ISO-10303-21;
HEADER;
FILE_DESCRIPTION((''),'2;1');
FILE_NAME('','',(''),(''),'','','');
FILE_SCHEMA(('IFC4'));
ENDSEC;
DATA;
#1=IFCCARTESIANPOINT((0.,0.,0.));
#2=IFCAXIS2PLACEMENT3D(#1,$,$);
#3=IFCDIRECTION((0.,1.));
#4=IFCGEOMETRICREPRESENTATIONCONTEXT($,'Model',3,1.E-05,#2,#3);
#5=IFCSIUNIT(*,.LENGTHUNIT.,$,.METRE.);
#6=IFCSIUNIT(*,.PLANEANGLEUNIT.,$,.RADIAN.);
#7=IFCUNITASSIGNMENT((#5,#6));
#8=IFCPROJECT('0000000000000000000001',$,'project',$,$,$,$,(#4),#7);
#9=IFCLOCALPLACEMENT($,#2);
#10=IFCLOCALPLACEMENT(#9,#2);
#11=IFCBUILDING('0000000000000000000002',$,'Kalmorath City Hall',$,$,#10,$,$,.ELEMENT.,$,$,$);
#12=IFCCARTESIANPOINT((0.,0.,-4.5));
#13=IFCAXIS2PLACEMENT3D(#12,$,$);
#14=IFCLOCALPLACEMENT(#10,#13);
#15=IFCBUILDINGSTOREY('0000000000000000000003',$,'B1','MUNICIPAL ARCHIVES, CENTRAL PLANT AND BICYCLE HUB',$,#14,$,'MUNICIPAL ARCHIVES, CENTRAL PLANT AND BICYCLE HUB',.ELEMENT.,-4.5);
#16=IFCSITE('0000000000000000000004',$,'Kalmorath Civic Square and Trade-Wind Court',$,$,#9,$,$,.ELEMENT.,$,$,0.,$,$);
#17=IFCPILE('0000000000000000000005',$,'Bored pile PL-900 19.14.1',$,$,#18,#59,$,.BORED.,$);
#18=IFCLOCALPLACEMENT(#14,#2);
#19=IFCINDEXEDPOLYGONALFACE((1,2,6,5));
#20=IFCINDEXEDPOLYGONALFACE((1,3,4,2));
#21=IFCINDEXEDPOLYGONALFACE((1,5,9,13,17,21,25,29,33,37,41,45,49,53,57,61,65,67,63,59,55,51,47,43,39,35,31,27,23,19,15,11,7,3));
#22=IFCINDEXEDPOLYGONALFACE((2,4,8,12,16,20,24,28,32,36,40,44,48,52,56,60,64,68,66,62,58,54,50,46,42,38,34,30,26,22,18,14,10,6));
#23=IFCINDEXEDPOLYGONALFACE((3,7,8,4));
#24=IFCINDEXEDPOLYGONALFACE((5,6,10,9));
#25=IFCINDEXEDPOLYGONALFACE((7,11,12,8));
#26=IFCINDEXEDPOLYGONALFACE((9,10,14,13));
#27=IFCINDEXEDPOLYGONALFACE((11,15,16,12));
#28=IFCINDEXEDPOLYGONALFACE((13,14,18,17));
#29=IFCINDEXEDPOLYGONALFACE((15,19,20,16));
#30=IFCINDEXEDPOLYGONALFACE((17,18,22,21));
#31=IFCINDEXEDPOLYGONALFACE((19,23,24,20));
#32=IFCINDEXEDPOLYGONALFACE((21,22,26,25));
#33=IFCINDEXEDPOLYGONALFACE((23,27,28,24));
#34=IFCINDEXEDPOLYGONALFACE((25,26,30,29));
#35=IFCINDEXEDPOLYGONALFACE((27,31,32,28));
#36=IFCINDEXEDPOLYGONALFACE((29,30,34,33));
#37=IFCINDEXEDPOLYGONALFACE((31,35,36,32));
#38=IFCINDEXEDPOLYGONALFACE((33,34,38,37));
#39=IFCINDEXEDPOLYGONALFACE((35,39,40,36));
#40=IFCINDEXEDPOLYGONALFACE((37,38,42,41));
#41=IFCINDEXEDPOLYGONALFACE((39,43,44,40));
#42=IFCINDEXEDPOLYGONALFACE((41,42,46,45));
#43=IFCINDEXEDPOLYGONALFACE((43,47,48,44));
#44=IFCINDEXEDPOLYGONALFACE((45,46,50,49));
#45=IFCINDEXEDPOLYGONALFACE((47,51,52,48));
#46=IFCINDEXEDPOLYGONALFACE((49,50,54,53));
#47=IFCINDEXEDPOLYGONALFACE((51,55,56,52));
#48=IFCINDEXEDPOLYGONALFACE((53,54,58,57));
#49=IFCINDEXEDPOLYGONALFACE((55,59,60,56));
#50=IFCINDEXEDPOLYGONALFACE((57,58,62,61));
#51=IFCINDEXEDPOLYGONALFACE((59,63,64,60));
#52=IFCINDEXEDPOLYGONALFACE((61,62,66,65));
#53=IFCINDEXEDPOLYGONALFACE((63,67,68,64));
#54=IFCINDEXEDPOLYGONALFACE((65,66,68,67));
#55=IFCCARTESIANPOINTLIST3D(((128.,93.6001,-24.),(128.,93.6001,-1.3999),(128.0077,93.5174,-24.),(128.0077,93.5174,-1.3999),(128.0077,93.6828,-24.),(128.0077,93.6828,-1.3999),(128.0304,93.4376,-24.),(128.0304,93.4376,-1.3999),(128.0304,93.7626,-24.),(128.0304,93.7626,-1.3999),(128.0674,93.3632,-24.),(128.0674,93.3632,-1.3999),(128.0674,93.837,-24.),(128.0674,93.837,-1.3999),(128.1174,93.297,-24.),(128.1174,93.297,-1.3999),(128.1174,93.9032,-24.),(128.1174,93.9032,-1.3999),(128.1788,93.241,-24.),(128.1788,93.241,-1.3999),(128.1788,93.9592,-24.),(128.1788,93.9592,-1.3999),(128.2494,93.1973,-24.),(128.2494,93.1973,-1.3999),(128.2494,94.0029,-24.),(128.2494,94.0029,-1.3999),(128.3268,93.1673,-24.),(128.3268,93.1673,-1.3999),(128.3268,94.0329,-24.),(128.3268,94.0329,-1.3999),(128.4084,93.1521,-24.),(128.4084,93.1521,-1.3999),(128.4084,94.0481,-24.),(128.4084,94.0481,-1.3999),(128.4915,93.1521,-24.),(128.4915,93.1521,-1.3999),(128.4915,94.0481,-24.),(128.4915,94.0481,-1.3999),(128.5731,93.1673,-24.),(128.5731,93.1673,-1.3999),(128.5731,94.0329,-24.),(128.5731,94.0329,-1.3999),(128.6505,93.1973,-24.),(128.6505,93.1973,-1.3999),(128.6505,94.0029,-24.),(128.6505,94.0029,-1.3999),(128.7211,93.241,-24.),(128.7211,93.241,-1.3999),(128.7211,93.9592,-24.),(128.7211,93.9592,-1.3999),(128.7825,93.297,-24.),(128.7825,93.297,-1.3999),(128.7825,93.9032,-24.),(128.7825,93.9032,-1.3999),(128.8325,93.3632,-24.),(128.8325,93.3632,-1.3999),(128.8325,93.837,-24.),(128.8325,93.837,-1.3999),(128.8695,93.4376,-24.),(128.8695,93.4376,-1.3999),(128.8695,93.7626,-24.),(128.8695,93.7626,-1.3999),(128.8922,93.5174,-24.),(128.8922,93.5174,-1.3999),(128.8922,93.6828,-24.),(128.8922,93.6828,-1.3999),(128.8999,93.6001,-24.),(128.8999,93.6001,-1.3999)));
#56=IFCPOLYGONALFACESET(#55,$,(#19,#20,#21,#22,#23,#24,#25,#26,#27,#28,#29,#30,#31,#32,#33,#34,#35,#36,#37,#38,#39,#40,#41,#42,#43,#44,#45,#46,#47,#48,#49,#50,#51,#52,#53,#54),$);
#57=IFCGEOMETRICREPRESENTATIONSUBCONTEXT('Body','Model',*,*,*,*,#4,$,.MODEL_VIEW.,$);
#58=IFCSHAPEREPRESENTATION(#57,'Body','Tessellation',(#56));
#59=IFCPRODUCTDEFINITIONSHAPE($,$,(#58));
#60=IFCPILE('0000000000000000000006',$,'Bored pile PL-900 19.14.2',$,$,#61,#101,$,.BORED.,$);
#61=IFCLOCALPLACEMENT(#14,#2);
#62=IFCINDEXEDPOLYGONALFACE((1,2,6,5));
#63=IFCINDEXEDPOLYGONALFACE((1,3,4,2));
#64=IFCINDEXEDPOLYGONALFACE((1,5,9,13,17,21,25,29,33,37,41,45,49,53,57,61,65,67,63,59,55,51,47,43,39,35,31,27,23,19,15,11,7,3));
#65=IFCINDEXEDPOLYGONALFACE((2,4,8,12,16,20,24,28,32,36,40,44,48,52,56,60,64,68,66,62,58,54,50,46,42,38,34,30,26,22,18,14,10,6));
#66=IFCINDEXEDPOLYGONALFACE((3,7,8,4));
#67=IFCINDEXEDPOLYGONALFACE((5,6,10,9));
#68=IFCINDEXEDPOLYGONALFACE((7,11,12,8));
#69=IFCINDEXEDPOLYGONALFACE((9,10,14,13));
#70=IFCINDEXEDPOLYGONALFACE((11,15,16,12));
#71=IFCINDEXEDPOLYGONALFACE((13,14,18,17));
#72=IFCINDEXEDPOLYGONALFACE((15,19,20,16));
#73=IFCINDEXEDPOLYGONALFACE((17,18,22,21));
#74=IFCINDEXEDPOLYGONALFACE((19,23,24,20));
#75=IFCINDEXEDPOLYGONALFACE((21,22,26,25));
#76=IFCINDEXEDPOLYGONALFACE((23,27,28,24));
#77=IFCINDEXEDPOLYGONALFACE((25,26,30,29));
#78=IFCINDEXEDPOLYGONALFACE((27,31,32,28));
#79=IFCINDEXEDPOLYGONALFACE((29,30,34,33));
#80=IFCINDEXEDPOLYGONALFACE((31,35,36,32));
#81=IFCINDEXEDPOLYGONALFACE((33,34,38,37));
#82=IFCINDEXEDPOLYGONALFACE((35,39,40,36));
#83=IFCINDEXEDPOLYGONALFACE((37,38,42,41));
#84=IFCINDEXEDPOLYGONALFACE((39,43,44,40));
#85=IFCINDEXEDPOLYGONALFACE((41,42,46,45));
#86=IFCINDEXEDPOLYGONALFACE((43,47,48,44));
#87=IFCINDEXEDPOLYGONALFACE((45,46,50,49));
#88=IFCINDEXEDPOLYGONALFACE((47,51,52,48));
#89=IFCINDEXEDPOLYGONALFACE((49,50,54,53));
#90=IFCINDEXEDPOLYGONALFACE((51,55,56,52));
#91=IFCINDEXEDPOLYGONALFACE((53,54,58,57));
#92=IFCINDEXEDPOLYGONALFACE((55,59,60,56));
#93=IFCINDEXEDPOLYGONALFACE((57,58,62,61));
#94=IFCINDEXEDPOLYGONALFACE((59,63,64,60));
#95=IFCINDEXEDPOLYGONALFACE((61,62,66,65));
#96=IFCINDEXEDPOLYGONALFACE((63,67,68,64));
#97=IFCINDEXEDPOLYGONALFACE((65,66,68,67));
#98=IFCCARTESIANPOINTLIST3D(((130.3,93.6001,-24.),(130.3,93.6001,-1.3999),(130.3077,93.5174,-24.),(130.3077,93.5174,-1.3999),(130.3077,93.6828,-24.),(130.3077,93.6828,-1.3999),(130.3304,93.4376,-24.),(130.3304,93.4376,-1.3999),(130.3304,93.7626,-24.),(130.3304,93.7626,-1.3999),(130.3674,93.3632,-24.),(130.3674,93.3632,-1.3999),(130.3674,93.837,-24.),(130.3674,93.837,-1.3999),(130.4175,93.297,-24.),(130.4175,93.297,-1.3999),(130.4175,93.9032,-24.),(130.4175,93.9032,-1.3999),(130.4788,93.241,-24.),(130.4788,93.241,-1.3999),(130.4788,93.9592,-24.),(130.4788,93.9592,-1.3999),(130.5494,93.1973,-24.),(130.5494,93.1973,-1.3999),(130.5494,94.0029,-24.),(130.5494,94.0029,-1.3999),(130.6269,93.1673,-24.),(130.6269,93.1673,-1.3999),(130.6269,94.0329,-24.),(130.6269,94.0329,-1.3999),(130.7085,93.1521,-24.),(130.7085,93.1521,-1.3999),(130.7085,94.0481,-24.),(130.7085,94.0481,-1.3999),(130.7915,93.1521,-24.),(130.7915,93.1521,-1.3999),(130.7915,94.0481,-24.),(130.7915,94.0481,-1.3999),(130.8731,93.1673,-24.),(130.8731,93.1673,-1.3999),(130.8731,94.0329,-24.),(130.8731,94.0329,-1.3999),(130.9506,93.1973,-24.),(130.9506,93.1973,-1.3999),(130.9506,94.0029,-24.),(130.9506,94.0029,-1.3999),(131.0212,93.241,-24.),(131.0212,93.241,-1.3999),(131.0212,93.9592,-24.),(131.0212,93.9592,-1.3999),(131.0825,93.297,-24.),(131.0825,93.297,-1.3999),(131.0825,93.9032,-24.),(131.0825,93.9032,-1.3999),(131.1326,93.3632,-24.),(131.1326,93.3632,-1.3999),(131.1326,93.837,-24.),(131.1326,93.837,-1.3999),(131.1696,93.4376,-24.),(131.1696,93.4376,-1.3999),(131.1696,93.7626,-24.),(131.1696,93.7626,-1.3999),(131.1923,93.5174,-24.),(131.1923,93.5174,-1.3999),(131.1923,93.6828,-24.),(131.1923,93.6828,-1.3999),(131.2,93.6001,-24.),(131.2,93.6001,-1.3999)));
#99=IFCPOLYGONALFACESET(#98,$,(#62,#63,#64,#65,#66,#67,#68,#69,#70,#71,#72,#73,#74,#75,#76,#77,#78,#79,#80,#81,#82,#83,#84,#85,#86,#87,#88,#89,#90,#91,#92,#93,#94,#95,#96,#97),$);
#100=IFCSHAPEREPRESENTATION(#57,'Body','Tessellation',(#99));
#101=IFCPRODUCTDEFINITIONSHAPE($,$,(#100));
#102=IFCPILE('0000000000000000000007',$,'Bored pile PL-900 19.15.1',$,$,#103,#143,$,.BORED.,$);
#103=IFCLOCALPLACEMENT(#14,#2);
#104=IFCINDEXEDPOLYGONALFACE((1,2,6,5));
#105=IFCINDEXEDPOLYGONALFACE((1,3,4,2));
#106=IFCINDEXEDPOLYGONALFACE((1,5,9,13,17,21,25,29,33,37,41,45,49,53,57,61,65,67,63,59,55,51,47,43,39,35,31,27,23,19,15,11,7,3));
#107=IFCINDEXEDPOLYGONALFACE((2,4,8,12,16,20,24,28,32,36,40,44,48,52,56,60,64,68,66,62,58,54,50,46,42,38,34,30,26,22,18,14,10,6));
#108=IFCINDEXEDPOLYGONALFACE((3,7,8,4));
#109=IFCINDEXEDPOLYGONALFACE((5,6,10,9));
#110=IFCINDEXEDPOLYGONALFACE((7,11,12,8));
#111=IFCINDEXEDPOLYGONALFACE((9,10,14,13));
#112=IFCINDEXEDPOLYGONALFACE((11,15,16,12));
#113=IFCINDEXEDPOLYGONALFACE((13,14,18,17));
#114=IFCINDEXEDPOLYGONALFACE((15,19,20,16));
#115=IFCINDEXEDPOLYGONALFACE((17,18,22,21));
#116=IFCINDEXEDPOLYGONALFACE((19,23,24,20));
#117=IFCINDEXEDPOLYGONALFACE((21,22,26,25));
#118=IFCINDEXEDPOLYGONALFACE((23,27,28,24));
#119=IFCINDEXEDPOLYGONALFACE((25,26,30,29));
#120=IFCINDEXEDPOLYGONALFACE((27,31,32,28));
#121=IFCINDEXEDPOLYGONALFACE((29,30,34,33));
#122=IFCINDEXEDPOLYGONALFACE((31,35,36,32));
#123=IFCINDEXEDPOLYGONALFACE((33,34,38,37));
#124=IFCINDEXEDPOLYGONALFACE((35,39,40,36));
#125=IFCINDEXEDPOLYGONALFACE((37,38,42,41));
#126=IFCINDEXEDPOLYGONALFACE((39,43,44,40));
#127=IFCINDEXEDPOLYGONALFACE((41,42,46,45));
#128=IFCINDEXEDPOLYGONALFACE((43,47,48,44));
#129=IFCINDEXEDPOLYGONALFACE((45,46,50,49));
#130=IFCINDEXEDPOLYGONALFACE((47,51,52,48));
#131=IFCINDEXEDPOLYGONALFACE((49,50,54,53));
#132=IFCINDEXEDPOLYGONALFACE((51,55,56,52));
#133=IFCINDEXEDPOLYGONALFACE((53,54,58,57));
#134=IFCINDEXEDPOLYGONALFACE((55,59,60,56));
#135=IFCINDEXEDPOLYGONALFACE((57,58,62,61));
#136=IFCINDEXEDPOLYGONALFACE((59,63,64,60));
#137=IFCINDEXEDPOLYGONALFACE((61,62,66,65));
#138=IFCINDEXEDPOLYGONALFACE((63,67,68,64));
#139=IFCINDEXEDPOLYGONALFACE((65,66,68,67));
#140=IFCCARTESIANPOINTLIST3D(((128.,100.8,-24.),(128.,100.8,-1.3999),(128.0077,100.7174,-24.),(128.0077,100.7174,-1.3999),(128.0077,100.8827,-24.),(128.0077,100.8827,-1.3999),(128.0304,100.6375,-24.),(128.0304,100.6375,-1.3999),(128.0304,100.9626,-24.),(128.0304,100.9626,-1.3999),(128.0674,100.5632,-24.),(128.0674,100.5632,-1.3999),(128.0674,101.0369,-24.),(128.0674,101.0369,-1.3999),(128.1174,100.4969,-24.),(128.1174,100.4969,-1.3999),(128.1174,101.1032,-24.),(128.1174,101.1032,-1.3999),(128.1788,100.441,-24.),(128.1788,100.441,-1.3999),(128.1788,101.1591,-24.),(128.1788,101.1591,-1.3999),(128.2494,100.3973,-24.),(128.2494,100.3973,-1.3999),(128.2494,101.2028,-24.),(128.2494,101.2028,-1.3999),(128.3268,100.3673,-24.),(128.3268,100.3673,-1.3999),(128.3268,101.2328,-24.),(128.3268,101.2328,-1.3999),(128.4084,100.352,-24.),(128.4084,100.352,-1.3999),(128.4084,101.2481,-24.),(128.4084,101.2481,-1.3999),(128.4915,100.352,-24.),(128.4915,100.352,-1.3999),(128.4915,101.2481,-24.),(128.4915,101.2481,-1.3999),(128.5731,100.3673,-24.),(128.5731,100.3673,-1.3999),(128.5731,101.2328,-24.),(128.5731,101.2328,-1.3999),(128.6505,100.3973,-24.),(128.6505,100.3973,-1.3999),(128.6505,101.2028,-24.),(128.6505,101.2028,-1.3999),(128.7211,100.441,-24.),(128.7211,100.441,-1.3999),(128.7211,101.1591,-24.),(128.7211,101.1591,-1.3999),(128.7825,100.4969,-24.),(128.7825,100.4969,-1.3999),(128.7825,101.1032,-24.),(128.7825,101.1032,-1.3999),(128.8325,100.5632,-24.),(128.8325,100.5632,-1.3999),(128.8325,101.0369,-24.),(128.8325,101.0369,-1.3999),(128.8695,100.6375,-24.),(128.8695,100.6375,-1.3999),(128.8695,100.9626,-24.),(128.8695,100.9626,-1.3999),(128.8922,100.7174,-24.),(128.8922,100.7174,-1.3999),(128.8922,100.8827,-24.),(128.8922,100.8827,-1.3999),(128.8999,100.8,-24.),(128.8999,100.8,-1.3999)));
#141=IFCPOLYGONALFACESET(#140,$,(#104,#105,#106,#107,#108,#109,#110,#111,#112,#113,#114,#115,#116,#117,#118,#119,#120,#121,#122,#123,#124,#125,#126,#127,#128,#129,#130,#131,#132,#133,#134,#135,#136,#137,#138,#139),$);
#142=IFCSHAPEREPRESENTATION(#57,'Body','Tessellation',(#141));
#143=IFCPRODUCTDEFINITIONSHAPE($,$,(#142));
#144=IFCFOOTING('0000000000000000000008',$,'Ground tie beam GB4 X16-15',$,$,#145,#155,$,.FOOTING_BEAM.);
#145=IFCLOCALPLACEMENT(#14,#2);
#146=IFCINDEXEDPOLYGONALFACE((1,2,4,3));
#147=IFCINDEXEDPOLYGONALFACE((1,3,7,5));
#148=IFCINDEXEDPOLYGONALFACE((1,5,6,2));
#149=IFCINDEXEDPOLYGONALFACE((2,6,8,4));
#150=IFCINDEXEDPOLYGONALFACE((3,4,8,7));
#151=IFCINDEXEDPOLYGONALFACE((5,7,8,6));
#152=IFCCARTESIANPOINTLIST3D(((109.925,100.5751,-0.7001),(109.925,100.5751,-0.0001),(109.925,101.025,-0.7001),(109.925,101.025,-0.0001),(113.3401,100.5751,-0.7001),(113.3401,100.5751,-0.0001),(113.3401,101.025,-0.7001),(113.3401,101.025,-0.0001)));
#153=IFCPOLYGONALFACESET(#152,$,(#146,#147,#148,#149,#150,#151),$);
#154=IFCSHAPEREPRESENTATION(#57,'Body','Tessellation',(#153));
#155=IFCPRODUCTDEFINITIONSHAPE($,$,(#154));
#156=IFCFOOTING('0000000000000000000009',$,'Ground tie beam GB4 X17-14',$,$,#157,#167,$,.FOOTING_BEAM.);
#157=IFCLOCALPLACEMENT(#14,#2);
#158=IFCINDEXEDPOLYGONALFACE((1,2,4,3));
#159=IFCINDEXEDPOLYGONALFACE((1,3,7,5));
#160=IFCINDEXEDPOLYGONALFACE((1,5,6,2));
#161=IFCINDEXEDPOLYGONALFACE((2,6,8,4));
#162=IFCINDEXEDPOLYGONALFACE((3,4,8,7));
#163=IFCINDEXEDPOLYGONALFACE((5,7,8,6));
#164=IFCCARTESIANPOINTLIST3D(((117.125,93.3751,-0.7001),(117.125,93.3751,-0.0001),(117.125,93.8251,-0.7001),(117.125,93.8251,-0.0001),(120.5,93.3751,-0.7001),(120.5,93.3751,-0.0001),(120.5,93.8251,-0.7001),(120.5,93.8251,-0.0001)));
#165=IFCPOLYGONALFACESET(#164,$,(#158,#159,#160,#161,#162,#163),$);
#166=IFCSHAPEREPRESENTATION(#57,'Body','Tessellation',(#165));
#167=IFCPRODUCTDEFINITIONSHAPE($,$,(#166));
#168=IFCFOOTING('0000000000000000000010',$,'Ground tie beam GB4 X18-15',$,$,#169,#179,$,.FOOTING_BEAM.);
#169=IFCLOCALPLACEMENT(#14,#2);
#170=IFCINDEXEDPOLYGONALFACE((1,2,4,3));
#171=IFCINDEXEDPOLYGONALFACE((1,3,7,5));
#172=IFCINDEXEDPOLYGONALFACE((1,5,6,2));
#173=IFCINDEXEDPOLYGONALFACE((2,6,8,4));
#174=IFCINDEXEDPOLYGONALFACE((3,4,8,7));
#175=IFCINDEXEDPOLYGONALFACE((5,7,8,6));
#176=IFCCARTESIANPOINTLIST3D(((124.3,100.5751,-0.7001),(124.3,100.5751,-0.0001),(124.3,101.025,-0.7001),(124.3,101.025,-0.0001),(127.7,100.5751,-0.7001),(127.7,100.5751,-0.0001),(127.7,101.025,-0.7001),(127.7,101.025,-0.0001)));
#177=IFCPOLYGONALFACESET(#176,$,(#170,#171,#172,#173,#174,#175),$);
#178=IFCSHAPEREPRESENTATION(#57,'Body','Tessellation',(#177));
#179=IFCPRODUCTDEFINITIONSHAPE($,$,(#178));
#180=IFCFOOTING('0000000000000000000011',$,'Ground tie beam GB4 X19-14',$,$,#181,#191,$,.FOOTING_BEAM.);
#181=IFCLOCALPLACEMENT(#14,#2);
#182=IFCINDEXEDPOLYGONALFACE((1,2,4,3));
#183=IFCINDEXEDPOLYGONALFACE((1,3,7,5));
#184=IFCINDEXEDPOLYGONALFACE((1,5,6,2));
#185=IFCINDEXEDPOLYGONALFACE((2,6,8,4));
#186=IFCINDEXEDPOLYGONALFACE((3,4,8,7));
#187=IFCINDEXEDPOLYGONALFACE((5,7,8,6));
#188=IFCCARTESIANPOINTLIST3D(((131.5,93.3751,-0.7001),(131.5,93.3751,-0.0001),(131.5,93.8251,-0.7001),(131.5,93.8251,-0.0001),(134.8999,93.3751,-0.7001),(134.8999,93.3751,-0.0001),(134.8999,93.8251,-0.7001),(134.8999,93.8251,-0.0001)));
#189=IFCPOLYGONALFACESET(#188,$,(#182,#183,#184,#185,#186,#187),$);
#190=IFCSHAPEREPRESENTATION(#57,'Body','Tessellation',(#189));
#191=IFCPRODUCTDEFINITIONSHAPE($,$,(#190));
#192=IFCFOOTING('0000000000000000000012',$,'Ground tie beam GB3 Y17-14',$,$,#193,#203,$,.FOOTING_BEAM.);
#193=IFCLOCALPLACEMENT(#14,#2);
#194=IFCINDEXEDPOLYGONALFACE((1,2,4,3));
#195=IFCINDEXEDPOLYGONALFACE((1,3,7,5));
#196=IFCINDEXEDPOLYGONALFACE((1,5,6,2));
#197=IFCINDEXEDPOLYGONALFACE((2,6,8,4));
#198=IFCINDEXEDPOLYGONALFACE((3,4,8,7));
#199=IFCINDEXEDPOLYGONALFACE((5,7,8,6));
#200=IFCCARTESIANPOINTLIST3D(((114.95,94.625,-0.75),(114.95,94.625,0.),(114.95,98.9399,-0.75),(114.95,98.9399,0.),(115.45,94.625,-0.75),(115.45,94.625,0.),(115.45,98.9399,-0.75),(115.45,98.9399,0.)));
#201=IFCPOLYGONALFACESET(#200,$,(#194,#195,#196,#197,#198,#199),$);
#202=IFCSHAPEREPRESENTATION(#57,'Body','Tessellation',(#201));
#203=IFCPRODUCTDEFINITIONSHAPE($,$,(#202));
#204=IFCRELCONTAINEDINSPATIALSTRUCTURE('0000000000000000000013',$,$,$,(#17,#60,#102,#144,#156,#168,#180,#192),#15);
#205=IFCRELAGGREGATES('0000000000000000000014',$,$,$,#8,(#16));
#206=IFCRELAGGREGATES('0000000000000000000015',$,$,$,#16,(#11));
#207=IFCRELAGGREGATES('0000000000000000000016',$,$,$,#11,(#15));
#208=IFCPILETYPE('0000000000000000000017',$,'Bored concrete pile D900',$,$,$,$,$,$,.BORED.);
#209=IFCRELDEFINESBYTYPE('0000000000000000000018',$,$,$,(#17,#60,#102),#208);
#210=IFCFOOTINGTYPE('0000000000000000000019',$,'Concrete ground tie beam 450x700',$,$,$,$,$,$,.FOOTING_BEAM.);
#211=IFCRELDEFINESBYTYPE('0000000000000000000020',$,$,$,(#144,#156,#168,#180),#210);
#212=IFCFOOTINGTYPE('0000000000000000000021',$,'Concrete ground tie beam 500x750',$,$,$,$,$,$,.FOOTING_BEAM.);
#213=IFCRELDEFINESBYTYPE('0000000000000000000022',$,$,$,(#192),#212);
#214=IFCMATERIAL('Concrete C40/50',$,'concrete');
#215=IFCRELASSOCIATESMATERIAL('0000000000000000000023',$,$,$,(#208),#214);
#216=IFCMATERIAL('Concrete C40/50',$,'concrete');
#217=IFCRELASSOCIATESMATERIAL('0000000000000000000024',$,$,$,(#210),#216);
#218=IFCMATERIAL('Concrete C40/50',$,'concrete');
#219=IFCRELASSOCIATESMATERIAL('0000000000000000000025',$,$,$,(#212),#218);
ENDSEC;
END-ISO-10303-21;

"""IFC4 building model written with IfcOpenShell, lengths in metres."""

from ifc_helpers import new_model, si_unit, direction, frame, origin, origin_2d, place, context, subcontext, project, spatial, rectangle, circle, extrude, material, material_profile, profile_set, type_object, element, save


model = new_model("IFC4")

# Units and contexts
model_context = context("Model", 3, precision=1e-05, world=origin(), true_north=direction((0.0, 1.0)))
body_context = subcontext(model_context, "Body", "Model", "MODEL_VIEW")
ifc_project = project(units=[si_unit("LENGTHUNIT", "METRE"), si_unit("PLANEANGLEUNIT", "RADIAN")], contexts=[model_context])

# Site, building, storey
site_placement = place(None, origin())
site = spatial("IfcSite", under=ifc_project, at=site_placement, Name="Kalmorath Civic Square and Trade-Wind Court", CompositionType="ELEMENT", RefElevation=0.0)
building_placement = place(site_placement, origin())
building = spatial("IfcBuilding", under=site, at=building_placement, Name="Kalmorath City Hall", CompositionType="ELEMENT")
storey_placement = place(building_placement, frame((0.0, 0.0, -4.5)))
storey = spatial("IfcBuildingStorey", under=building, at=storey_placement, Name="B1", Description="MUNICIPAL ARCHIVES, CENTRAL PLANT AND BICYCLE HUB", LongName="MUNICIPAL ARCHIVES, CENTRAL PLANT AND BICYCLE HUB", CompositionType="ELEMENT", Elevation=-4.5)

# Piles
ifc_material_1 = material(Name="Concrete C40/50", Category="concrete")
ifc_material_profile_1 = material_profile(ifc_material_1, circle(Radius=0.45, at=origin_2d()), Name="PILE-D900")
ifc_profile_set_1 = profile_set([ifc_material_profile_1], Name="Concrete C40/50")
pile_type = type_object("IfcPileType", Name="Bored concrete pile D900", PredefinedType="BORED", material=ifc_profile_set_1)
for number, where, z_axis, x_axis, name in (
    (1, (128.45, 93.6001, -1.3999), (0.0, 0.0, -1.0), (1.0, 0.0, 0.0), "Bored pile PL-900 19.14.1"),
    (2, (130.75, 93.6001, -1.3999), (0.0, 0.0, -1.0), (1.0, 0.0, 0.0), "Bored pile PL-900 19.14.2"),
    (3, (128.45, 100.8, -1.3999), (0.0, 0.0, -1.0), (1.0, 0.0, 0.0), "Bored pile PL-900 19.15.1"),
):
    element("IfcPile", number, at=place(storey_placement, frame(where, z_axis=z_axis, x_axis=x_axis)), inside=storey, type_object=pile_type, Name=name, PredefinedType="BORED", context=body_context, shape_type="SweptSolid", body=[
        extrude(circle(Radius=0.45, at=origin_2d()), origin(), (0.0, 0.0, 1.0), 22.6001),
    ])

# Footings
ifc_material_2 = material(Name="Concrete C40/50", Category="concrete")
ifc_material_profile_2 = material_profile(ifc_material_2, rectangle(XDim=0.45, YDim=0.7, at=origin_2d()), Name="RC-BM-450X700")
ifc_profile_set_2 = profile_set([ifc_material_profile_2], Name="Concrete C40/50")
footing_type_1 = type_object("IfcFootingType", Name="Concrete ground tie beam 450x700", PredefinedType="FOOTING_BEAM", material=ifc_profile_set_2)
footing_1_placement = place(storey_placement, frame((109.925, 100.8, -0.3501), z_axis=(1.0, 0.0, 0.0), x_axis=(0.0, 1.0, 0.0)))
element("IfcFooting", 4, at=footing_1_placement, inside=storey, type_object=footing_type_1, Name="Ground tie beam GB4 X16-15", PredefinedType="FOOTING_BEAM", context=body_context, shape_type="SweptSolid", body=[
    extrude(rectangle(XDim=0.45, YDim=0.7, at=origin_2d()), origin(), (0.0, 0.0, 1.0), 3.415),
])
footing_2_placement = place(storey_placement, frame((117.125, 93.6001, -0.3501), z_axis=(1.0, 0.0, 0.0), x_axis=(0.0, 1.0, 0.0)))
element("IfcFooting", 5, at=footing_2_placement, inside=storey, type_object=footing_type_1, Name="Ground tie beam GB4 X17-14", PredefinedType="FOOTING_BEAM", context=body_context, shape_type="SweptSolid", body=[
    extrude(rectangle(XDim=0.45, YDim=0.7, at=origin_2d()), origin(), (0.0, 0.0, 1.0), 3.375),
])
for number, where, z_axis, x_axis, name in (
    (6, (124.3, 100.8, -0.3501), (1.0, 0.0, 0.0), (0.0, 1.0, 0.0), "Ground tie beam GB4 X18-15"),
    (7, (131.5, 93.6001, -0.3501), (1.0, 0.0, 0.0), (0.0, 1.0, 0.0), "Ground tie beam GB4 X19-14"),
):
    element("IfcFooting", number, at=place(storey_placement, frame(where, z_axis=z_axis, x_axis=x_axis)), inside=storey, type_object=footing_type_1, Name=name, PredefinedType="FOOTING_BEAM", context=body_context, shape_type="SweptSolid", body=[
        extrude(rectangle(XDim=0.45, YDim=0.7, at=origin_2d()), origin(), (0.0, 0.0, 1.0), 3.3999),
    ])
ifc_material_3 = material(Name="Concrete C40/50", Category="concrete")
ifc_material_profile_3 = material_profile(ifc_material_3, rectangle(XDim=0.5, YDim=0.75, at=origin_2d()), Name="RC-BM-500X750")
ifc_profile_set_3 = profile_set([ifc_material_profile_3], Name="Concrete C40/50")
footing_type_2 = type_object("IfcFootingType", Name="Concrete ground tie beam 500x750", PredefinedType="FOOTING_BEAM", material=ifc_profile_set_3)
footing_3_placement = place(storey_placement, frame((115.2, 94.625, -0.375), z_axis=(0.0, 1.0, 0.0), x_axis=(-1.0, 0.0, 0.0)))
element("IfcFooting", 8, at=footing_3_placement, inside=storey, type_object=footing_type_2, Name="Ground tie beam GB3 Y17-14", PredefinedType="FOOTING_BEAM", context=body_context, shape_type="SweptSolid", body=[
    extrude(rectangle(XDim=0.5, YDim=0.75, at=origin_2d()), origin(), (0.0, 0.0, 1.0), 4.3149),
])

save(model, "model.ifc")
